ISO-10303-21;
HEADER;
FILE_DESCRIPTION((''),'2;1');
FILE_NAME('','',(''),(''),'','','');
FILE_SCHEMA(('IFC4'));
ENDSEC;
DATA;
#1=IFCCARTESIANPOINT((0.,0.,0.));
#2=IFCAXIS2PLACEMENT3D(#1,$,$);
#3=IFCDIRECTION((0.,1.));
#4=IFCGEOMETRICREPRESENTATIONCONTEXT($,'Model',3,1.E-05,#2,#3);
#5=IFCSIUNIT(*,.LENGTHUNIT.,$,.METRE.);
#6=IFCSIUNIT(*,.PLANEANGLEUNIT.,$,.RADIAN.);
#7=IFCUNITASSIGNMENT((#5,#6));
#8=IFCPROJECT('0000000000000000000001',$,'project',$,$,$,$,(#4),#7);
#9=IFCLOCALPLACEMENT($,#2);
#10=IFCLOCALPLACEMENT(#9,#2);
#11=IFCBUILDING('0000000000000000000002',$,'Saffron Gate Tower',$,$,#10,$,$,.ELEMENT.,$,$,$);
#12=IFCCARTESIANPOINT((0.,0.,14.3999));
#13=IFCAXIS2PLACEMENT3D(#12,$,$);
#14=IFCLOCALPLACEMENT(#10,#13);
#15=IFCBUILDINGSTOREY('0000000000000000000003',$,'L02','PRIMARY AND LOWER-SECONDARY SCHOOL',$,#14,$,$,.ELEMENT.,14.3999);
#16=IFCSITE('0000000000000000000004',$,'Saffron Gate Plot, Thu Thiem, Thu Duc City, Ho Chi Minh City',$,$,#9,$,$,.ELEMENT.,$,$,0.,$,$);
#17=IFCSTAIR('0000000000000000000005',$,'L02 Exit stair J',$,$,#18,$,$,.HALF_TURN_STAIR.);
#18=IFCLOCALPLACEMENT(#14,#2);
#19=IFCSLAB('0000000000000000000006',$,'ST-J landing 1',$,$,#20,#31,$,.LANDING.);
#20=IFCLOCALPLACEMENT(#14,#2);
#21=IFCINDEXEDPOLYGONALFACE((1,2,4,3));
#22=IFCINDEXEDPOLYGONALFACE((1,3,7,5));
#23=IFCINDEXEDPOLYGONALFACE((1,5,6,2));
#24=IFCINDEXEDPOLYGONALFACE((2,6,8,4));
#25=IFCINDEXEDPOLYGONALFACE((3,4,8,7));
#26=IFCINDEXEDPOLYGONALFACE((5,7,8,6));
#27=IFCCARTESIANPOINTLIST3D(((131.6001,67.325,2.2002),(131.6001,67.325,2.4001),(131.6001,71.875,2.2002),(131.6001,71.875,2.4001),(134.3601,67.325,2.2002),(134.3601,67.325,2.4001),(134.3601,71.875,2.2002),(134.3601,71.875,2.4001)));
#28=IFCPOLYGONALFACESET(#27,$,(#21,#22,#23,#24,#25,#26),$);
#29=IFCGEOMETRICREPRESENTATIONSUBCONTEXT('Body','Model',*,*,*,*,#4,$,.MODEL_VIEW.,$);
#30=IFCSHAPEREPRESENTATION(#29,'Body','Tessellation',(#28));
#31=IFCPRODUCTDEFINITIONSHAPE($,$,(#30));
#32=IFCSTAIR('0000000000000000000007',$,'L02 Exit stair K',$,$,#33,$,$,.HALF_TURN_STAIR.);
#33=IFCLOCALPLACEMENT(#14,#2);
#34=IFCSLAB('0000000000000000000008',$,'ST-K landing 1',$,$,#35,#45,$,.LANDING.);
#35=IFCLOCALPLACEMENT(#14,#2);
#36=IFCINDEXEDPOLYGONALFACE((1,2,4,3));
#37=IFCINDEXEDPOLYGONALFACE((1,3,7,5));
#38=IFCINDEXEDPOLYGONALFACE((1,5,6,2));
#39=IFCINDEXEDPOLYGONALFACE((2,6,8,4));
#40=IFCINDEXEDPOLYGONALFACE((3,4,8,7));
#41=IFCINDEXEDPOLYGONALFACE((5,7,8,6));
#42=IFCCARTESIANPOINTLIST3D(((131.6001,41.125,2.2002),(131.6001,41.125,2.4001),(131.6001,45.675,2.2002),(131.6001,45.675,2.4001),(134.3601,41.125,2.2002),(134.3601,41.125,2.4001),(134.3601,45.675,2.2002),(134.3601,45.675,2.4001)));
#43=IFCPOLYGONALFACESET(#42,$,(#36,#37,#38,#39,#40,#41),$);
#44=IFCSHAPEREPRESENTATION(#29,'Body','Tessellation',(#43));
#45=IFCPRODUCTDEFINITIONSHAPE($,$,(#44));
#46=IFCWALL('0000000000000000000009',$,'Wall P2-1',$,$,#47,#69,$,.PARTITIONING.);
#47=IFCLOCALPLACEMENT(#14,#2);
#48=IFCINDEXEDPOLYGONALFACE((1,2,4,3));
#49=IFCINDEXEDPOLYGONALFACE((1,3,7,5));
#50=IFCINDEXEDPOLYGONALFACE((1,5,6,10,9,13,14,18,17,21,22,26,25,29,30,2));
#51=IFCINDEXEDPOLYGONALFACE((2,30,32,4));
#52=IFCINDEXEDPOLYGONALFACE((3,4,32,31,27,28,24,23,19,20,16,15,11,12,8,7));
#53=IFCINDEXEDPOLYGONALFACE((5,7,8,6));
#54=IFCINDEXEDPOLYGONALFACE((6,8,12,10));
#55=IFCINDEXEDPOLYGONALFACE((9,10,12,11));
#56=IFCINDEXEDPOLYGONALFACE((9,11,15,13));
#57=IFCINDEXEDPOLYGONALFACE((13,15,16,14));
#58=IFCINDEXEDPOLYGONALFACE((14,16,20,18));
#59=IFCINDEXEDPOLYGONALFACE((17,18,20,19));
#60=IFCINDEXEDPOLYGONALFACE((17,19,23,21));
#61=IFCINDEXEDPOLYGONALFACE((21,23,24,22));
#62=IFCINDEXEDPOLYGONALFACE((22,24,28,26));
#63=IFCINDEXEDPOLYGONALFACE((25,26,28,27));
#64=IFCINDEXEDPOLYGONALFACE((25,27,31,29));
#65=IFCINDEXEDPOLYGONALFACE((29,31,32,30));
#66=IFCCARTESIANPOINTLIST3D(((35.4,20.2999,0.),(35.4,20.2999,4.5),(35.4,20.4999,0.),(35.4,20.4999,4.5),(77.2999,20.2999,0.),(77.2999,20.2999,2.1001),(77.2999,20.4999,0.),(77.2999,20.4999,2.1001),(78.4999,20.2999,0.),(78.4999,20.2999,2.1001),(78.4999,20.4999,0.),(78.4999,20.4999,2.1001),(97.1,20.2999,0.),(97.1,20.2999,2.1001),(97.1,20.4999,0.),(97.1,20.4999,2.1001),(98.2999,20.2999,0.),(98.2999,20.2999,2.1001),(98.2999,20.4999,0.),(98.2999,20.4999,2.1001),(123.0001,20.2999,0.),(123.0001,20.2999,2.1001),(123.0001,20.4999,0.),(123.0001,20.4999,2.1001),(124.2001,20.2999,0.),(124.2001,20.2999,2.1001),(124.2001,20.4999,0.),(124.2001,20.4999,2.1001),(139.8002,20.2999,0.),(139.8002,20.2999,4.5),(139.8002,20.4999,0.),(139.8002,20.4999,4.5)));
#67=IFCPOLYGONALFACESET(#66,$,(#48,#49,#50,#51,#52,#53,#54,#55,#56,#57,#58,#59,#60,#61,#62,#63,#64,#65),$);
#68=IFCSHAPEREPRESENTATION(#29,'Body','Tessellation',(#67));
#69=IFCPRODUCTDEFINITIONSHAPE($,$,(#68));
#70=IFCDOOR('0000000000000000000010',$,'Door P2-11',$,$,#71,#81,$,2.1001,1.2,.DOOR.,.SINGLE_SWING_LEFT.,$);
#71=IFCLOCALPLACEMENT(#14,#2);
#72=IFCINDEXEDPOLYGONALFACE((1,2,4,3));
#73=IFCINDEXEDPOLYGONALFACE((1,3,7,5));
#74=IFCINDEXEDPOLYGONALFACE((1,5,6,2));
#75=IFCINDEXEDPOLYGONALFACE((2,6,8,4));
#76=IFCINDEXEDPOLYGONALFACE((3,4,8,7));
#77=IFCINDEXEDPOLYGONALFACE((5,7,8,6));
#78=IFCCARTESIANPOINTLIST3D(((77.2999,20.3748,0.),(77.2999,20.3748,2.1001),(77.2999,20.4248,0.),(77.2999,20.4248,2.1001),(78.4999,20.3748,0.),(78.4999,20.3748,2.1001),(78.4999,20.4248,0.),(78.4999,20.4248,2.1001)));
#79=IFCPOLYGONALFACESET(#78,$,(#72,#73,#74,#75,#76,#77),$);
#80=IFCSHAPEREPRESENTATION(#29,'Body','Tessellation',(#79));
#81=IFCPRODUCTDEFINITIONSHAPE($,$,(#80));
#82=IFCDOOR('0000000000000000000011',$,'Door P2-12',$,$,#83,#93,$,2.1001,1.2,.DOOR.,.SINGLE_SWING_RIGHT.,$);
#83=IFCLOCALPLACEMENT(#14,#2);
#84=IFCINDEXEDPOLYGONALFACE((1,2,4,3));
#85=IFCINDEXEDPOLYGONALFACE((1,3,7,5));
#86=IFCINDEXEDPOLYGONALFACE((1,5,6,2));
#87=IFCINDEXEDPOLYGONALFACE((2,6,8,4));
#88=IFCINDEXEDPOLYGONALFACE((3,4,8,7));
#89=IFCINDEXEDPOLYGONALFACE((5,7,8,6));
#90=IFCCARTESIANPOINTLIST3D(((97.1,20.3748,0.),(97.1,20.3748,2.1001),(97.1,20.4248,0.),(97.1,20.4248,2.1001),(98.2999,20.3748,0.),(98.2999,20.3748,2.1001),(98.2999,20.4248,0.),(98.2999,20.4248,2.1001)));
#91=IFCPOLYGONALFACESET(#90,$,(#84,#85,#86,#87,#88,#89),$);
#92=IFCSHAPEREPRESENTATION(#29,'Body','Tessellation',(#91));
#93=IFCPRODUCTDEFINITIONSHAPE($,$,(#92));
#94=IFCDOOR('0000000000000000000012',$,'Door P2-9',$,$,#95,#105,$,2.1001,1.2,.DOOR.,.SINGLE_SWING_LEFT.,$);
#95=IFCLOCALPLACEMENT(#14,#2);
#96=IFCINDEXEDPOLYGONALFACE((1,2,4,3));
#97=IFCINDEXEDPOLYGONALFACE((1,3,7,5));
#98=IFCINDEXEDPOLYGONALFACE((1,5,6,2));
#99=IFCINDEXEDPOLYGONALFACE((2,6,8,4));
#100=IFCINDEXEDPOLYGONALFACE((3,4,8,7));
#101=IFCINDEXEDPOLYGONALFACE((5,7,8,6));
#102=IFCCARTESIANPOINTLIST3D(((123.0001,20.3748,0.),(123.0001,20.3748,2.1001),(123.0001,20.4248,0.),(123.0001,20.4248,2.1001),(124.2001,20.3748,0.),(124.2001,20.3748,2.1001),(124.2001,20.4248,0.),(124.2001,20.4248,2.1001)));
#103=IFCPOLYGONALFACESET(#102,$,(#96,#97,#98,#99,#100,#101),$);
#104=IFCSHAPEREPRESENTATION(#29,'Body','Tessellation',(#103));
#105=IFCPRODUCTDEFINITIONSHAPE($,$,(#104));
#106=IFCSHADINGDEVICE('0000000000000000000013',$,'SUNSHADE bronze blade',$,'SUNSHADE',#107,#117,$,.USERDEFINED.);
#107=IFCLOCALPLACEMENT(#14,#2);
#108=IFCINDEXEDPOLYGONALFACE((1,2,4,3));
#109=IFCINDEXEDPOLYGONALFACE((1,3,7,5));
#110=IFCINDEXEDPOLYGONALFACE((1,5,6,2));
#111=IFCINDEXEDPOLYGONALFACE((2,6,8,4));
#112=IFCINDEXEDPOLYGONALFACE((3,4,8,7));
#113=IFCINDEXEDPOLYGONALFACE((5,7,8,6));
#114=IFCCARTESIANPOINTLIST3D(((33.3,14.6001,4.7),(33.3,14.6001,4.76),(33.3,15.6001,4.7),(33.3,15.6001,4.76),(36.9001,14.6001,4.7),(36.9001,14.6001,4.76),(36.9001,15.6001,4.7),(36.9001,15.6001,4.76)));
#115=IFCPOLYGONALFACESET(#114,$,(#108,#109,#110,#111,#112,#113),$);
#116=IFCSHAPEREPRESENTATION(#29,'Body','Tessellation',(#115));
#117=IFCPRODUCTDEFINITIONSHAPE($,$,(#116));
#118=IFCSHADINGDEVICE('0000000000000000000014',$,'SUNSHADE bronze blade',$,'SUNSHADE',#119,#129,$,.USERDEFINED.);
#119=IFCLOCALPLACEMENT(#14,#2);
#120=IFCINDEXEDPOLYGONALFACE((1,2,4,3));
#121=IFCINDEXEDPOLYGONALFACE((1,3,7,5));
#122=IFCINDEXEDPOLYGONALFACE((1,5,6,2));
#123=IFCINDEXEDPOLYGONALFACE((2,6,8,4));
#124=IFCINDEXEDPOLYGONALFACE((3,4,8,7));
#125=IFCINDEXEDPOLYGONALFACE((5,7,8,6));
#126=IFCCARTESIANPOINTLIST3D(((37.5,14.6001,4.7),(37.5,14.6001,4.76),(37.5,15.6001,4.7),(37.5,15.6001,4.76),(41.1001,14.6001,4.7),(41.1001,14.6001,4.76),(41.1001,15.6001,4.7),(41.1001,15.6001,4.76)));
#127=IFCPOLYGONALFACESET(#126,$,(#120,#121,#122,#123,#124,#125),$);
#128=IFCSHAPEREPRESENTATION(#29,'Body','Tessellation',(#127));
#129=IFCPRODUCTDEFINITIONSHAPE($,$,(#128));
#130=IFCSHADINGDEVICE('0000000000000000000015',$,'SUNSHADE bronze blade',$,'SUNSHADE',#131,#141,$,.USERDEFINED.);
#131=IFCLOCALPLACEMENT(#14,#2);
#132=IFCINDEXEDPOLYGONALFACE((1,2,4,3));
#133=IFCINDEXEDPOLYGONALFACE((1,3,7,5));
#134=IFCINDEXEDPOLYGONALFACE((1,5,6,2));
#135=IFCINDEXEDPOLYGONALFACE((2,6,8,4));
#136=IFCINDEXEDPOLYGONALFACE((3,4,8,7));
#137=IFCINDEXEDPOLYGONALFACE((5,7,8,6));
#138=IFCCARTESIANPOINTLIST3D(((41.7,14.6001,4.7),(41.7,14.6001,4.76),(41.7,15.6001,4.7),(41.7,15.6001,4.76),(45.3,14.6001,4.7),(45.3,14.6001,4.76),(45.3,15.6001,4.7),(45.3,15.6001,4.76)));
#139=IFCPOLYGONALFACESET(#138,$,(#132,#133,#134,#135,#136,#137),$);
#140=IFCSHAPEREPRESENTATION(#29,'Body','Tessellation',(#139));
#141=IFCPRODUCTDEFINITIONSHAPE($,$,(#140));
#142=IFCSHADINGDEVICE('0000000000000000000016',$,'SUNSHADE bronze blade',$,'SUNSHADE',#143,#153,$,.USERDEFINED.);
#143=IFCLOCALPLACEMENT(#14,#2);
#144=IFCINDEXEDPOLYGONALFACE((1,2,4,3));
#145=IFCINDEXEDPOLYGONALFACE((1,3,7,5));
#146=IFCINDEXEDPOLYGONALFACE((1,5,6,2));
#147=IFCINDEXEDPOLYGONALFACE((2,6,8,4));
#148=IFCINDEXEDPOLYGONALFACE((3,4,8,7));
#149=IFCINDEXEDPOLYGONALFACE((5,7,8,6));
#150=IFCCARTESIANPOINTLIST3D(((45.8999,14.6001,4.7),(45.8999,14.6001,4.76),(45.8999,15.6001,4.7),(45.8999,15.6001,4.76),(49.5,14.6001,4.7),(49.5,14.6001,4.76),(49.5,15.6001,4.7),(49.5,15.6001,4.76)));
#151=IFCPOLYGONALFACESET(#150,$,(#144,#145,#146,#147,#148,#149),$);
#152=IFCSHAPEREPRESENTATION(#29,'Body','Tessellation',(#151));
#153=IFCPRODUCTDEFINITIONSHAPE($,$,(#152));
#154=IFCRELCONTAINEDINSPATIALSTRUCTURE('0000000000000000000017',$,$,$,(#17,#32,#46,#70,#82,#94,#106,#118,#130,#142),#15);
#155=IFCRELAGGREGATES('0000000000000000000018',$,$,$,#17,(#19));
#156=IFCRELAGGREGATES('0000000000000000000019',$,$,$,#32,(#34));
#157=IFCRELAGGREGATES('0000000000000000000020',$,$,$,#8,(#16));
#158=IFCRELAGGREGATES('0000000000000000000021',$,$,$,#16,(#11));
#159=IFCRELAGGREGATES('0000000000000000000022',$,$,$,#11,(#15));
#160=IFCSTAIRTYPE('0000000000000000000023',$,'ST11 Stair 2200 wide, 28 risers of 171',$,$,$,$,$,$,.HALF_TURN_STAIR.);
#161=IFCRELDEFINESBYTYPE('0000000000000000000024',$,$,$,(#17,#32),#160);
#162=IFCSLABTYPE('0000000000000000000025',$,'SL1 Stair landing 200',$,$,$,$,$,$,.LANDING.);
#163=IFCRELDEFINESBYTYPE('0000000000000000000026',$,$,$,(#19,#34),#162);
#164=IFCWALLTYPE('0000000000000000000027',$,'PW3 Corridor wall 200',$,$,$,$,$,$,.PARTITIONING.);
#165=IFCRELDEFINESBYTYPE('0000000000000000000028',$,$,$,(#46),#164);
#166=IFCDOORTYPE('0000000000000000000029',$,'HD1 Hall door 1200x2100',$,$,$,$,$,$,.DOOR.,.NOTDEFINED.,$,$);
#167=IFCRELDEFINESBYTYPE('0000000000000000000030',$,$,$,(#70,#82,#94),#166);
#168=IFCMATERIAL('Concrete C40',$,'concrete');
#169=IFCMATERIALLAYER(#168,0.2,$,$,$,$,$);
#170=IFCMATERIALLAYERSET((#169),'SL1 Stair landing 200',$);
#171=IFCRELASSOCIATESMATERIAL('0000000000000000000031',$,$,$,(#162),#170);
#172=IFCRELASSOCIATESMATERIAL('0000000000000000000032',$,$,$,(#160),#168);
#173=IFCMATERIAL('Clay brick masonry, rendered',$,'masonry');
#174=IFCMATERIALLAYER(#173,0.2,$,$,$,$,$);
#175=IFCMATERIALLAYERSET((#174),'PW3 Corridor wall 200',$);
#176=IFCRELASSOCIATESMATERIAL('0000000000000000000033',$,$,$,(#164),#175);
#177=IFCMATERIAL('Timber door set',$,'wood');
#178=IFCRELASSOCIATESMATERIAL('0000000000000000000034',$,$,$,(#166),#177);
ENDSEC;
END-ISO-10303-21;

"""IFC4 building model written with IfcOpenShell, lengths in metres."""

from ifc_helpers import new_model, si_unit, direction, frame, frame_2d, origin, origin_2d, place, context, subcontext, project, spatial, polyline, rectangle, outline, extrude, material, layer, layer_set, type_object, element, fill, aggregate, save


model = new_model("IFC4")

# Units and contexts
model_context = context("Model", 3, precision=1e-05, world=origin(), true_north=direction((0.0, 1.0)))
body_context = subcontext(model_context, "Body", "Model", "MODEL_VIEW")
ifc_project = project(units=[si_unit("LENGTHUNIT", "METRE"), si_unit("PLANEANGLEUNIT", "RADIAN")], contexts=[model_context])

# Site, building, storey
site_placement = place(None, origin())
site = spatial("IfcSite", under=ifc_project, at=site_placement, Name="Saffron Gate Plot, Thu Thiem, Thu Duc City, Ho Chi Minh City", CompositionType="ELEMENT", RefElevation=0.0)
building_placement = place(site_placement, origin())
building = spatial("IfcBuilding", under=site, at=building_placement, Name="Saffron Gate Tower", CompositionType="ELEMENT")
storey_placement = place(building_placement, frame((0.0, 0.0, 14.3999)))
storey = spatial("IfcBuildingStorey", under=building, at=storey_placement, Name="L02", Description="PRIMARY AND LOWER-SECONDARY SCHOOL", CompositionType="ELEMENT", Elevation=14.3999)

# Shared definitions
ifc_material_1 = material(Name="Concrete C40", Category="concrete")

# Stairs, slabs
ifc_layer_1 = layer(ifc_material_1, 0.2)
ifc_layer_set_1 = layer_set([ifc_layer_1], Name="SL1 Stair landing 200")
slab_type_1 = type_object("IfcSlabType", Name="SL1 Stair landing 200", PredefinedType="LANDING", material=ifc_layer_set_1)
stair_type_1 = type_object("IfcStairType", Name="ST11 Stair 2200 wide, 28 risers of 171", PredefinedType="HALF_TURN_STAIR", material=ifc_material_1)
stair_1_placement = place(storey_placement, origin())
stair_1 = element("IfcStair", 1, at=stair_1_placement, inside=storey, type_object=stair_type_1, Name="L02 Exit stair J", PredefinedType="HALF_TURN_STAIR")
slab_1_placement = place(storey_placement, frame((0.0, 0.0, 2.2002)))
slab_1 = element("IfcSlab", 2, at=slab_1_placement, type_object=slab_type_1, Name="ST-J landing 1", PredefinedType="LANDING", context=body_context, shape_type="SweptSolid", body=[
    extrude(outline(polyline([(134.3601, 71.875), (131.6001, 71.875), (131.6001, 67.325), (134.3601, 67.325), (134.3601, 71.875)])), origin(), (0.0, 0.0, 1.0), 0.2),
])
aggregate(stair_1, [slab_1])
stair_2_placement = place(storey_placement, origin())
stair_2 = element("IfcStair", 3, at=stair_2_placement, inside=storey, type_object=stair_type_1, Name="L02 Exit stair K", PredefinedType="HALF_TURN_STAIR")
slab_2_placement = place(storey_placement, frame((0.0, 0.0, 2.2002)))
slab_2 = element("IfcSlab", 4, at=slab_2_placement, type_object=slab_type_1, Name="ST-K landing 1", PredefinedType="LANDING", context=body_context, shape_type="SweptSolid", body=[
    extrude(outline(polyline([(134.3601, 45.675), (131.6001, 45.675), (131.6001, 41.125), (134.3601, 41.125), (134.3601, 45.675)])), origin(), (0.0, 0.0, 1.0), 0.2),
])
aggregate(stair_2, [slab_2])

# Wall, openings, doors
ifc_material_2 = material(Name="Clay brick masonry, rendered", Category="masonry")
ifc_layer_2 = layer(ifc_material_2, 0.2)
ifc_layer_set_2 = layer_set([ifc_layer_2], Name="PW3 Corridor wall 200")
wall_type = type_object("IfcWallType", Name="PW3 Corridor wall 200", PredefinedType="PARTITIONING", material=ifc_layer_set_2)
wall_placement = place(storey_placement, frame((35.3999, 20.3999, 0.0), z_axis=(0.0, 0.0, 1.0), x_axis=(1.0, 0.0, 0.0)))
wall = element("IfcWall", 5, at=wall_placement, inside=storey, type_object=wall_type, Name="Wall P2-1", PredefinedType="PARTITIONING", context=body_context, shape_type="SweptSolid", body=[
    extrude(rectangle(XDim=104.4001, YDim=0.2, at=frame_2d((52.2002, 0.0))), origin(), (0.0, 0.0, 1.0), 4.5),
])
opening_1_placement = place(wall_placement, frame((41.8999, 0.0, 0.0)))
opening_1 = element("IfcOpeningElement", 6, at=opening_1_placement, cuts=wall, PredefinedType="OPENING", context=body_context, shape_type="SweptSolid", body=[
    extrude(rectangle(XDim=1.2, YDim=2.1001, at=frame_2d((0.6001, 1.05))), frame((0.0, 0.1099, 0.0), z_axis=(0.0, -1.0, 0.0), x_axis=(1.0, 0.0, 0.0)), (0.0, 0.0, 1.0), 0.22),
])
opening_2_placement = place(wall_placement, frame((61.7, 0.0, 0.0)))
opening_2 = element("IfcOpeningElement", 7, at=opening_2_placement, cuts=wall, PredefinedType="OPENING", context=body_context, shape_type="SweptSolid", body=[
    extrude(rectangle(XDim=1.2, YDim=2.1001, at=frame_2d((0.6001, 1.05))), frame((0.0, 0.1099, 0.0), z_axis=(0.0, -1.0, 0.0), x_axis=(1.0, 0.0, 0.0)), (0.0, 0.0, 1.0), 0.22),
])
opening_3_placement = place(wall_placement, frame((87.6001, 0.0, 0.0)))
opening_3 = element("IfcOpeningElement", 8, at=opening_3_placement, cuts=wall, PredefinedType="OPENING", context=body_context, shape_type="SweptSolid", body=[
    extrude(rectangle(XDim=1.2, YDim=2.1001, at=frame_2d((0.6001, 1.05))), frame((0.0, 0.1099, 0.0), z_axis=(0.0, -1.0, 0.0), x_axis=(1.0, 0.0, 0.0)), (0.0, 0.0, 1.0), 0.22),
])
ifc_material_3 = material(Name="Timber door set", Category="wood")
door_type = type_object("IfcDoorType", Name="HD1 Hall door 1200x2100", OperationType="NOTDEFINED", PredefinedType="DOOR", material=ifc_material_3)
door_1_placement = place(opening_1_placement, origin())
door_1 = element("IfcDoor", 9, at=door_1_placement, inside=storey, type_object=door_type, Name="Door P2-11", OperationType="SINGLE_SWING_LEFT", OverallHeight=2.1001, OverallWidth=1.2, PredefinedType="DOOR", context=body_context, shape_type="SweptSolid", body=[
    extrude(rectangle(XDim=1.2, YDim=2.1001, at=frame_2d((0.6001, 1.05))), frame((0.0, 0.0249, 0.0), z_axis=(0.0, -1.0, 0.0), x_axis=(1.0, 0.0, 0.0)), (0.0, 0.0, 1.0), 0.05),
])
fill(opening_1, door_1)
door_2_placement = place(opening_2_placement, origin())
door_2 = element("IfcDoor", 10, at=door_2_placement, inside=storey, type_object=door_type, Name="Door P2-12", OperationType="SINGLE_SWING_RIGHT", OverallHeight=2.1001, OverallWidth=1.2, PredefinedType="DOOR", context=body_context, shape_type="SweptSolid", body=[
    extrude(rectangle(XDim=1.2, YDim=2.1001, at=frame_2d((0.6001, 1.05))), frame((0.0, 0.0249, 0.0), z_axis=(0.0, -1.0, 0.0), x_axis=(1.0, 0.0, 0.0)), (0.0, 0.0, 1.0), 0.05),
])
fill(opening_2, door_2)
door_3_placement = place(opening_3_placement, origin())
door_3 = element("IfcDoor", 11, at=door_3_placement, inside=storey, type_object=door_type, Name="Door P2-9", OperationType="SINGLE_SWING_LEFT", OverallHeight=2.1001, OverallWidth=1.2, PredefinedType="DOOR", context=body_context, shape_type="SweptSolid", body=[
    extrude(rectangle(XDim=1.2, YDim=2.1001, at=frame_2d((0.6001, 1.05))), frame((0.0, 0.0249, 0.0), z_axis=(0.0, -1.0, 0.0), x_axis=(1.0, 0.0, 0.0)), (0.0, 0.0, 1.0), 0.05),
])
fill(opening_3, door_3)

# Shading devices
for number, where, z_axis, x_axis, name in (
    (12, (35.1001, 15.1001, 4.7), (0.0, 0.0, 1.0), (1.0, 0.0, 0.0), "SUNSHADE bronze blade"),
    (13, (39.3, 15.1001, 4.7), (0.0, 0.0, 1.0), (1.0, 0.0, 0.0), "SUNSHADE bronze blade"),
    (14, (43.5, 15.1001, 4.7), (0.0, 0.0, 1.0), (1.0, 0.0, 0.0), "SUNSHADE bronze blade"),
    (15, (47.7, 15.1001, 4.7), (0.0, 0.0, 1.0), (1.0, 0.0, 0.0), "SUNSHADE bronze blade"),
):
    element("IfcShadingDevice", number, at=place(storey_placement, frame(where, z_axis=z_axis, x_axis=x_axis)), inside=storey, Name=name, ObjectType="SUNSHADE", PredefinedType="USERDEFINED", context=body_context, shape_type="SweptSolid", body=[
        extrude(rectangle(XDim=3.6001, YDim=1.0, at=origin_2d()), origin(), (0.0, 0.0, 1.0), 0.0601),
    ])

save(model, "model.ifc")
